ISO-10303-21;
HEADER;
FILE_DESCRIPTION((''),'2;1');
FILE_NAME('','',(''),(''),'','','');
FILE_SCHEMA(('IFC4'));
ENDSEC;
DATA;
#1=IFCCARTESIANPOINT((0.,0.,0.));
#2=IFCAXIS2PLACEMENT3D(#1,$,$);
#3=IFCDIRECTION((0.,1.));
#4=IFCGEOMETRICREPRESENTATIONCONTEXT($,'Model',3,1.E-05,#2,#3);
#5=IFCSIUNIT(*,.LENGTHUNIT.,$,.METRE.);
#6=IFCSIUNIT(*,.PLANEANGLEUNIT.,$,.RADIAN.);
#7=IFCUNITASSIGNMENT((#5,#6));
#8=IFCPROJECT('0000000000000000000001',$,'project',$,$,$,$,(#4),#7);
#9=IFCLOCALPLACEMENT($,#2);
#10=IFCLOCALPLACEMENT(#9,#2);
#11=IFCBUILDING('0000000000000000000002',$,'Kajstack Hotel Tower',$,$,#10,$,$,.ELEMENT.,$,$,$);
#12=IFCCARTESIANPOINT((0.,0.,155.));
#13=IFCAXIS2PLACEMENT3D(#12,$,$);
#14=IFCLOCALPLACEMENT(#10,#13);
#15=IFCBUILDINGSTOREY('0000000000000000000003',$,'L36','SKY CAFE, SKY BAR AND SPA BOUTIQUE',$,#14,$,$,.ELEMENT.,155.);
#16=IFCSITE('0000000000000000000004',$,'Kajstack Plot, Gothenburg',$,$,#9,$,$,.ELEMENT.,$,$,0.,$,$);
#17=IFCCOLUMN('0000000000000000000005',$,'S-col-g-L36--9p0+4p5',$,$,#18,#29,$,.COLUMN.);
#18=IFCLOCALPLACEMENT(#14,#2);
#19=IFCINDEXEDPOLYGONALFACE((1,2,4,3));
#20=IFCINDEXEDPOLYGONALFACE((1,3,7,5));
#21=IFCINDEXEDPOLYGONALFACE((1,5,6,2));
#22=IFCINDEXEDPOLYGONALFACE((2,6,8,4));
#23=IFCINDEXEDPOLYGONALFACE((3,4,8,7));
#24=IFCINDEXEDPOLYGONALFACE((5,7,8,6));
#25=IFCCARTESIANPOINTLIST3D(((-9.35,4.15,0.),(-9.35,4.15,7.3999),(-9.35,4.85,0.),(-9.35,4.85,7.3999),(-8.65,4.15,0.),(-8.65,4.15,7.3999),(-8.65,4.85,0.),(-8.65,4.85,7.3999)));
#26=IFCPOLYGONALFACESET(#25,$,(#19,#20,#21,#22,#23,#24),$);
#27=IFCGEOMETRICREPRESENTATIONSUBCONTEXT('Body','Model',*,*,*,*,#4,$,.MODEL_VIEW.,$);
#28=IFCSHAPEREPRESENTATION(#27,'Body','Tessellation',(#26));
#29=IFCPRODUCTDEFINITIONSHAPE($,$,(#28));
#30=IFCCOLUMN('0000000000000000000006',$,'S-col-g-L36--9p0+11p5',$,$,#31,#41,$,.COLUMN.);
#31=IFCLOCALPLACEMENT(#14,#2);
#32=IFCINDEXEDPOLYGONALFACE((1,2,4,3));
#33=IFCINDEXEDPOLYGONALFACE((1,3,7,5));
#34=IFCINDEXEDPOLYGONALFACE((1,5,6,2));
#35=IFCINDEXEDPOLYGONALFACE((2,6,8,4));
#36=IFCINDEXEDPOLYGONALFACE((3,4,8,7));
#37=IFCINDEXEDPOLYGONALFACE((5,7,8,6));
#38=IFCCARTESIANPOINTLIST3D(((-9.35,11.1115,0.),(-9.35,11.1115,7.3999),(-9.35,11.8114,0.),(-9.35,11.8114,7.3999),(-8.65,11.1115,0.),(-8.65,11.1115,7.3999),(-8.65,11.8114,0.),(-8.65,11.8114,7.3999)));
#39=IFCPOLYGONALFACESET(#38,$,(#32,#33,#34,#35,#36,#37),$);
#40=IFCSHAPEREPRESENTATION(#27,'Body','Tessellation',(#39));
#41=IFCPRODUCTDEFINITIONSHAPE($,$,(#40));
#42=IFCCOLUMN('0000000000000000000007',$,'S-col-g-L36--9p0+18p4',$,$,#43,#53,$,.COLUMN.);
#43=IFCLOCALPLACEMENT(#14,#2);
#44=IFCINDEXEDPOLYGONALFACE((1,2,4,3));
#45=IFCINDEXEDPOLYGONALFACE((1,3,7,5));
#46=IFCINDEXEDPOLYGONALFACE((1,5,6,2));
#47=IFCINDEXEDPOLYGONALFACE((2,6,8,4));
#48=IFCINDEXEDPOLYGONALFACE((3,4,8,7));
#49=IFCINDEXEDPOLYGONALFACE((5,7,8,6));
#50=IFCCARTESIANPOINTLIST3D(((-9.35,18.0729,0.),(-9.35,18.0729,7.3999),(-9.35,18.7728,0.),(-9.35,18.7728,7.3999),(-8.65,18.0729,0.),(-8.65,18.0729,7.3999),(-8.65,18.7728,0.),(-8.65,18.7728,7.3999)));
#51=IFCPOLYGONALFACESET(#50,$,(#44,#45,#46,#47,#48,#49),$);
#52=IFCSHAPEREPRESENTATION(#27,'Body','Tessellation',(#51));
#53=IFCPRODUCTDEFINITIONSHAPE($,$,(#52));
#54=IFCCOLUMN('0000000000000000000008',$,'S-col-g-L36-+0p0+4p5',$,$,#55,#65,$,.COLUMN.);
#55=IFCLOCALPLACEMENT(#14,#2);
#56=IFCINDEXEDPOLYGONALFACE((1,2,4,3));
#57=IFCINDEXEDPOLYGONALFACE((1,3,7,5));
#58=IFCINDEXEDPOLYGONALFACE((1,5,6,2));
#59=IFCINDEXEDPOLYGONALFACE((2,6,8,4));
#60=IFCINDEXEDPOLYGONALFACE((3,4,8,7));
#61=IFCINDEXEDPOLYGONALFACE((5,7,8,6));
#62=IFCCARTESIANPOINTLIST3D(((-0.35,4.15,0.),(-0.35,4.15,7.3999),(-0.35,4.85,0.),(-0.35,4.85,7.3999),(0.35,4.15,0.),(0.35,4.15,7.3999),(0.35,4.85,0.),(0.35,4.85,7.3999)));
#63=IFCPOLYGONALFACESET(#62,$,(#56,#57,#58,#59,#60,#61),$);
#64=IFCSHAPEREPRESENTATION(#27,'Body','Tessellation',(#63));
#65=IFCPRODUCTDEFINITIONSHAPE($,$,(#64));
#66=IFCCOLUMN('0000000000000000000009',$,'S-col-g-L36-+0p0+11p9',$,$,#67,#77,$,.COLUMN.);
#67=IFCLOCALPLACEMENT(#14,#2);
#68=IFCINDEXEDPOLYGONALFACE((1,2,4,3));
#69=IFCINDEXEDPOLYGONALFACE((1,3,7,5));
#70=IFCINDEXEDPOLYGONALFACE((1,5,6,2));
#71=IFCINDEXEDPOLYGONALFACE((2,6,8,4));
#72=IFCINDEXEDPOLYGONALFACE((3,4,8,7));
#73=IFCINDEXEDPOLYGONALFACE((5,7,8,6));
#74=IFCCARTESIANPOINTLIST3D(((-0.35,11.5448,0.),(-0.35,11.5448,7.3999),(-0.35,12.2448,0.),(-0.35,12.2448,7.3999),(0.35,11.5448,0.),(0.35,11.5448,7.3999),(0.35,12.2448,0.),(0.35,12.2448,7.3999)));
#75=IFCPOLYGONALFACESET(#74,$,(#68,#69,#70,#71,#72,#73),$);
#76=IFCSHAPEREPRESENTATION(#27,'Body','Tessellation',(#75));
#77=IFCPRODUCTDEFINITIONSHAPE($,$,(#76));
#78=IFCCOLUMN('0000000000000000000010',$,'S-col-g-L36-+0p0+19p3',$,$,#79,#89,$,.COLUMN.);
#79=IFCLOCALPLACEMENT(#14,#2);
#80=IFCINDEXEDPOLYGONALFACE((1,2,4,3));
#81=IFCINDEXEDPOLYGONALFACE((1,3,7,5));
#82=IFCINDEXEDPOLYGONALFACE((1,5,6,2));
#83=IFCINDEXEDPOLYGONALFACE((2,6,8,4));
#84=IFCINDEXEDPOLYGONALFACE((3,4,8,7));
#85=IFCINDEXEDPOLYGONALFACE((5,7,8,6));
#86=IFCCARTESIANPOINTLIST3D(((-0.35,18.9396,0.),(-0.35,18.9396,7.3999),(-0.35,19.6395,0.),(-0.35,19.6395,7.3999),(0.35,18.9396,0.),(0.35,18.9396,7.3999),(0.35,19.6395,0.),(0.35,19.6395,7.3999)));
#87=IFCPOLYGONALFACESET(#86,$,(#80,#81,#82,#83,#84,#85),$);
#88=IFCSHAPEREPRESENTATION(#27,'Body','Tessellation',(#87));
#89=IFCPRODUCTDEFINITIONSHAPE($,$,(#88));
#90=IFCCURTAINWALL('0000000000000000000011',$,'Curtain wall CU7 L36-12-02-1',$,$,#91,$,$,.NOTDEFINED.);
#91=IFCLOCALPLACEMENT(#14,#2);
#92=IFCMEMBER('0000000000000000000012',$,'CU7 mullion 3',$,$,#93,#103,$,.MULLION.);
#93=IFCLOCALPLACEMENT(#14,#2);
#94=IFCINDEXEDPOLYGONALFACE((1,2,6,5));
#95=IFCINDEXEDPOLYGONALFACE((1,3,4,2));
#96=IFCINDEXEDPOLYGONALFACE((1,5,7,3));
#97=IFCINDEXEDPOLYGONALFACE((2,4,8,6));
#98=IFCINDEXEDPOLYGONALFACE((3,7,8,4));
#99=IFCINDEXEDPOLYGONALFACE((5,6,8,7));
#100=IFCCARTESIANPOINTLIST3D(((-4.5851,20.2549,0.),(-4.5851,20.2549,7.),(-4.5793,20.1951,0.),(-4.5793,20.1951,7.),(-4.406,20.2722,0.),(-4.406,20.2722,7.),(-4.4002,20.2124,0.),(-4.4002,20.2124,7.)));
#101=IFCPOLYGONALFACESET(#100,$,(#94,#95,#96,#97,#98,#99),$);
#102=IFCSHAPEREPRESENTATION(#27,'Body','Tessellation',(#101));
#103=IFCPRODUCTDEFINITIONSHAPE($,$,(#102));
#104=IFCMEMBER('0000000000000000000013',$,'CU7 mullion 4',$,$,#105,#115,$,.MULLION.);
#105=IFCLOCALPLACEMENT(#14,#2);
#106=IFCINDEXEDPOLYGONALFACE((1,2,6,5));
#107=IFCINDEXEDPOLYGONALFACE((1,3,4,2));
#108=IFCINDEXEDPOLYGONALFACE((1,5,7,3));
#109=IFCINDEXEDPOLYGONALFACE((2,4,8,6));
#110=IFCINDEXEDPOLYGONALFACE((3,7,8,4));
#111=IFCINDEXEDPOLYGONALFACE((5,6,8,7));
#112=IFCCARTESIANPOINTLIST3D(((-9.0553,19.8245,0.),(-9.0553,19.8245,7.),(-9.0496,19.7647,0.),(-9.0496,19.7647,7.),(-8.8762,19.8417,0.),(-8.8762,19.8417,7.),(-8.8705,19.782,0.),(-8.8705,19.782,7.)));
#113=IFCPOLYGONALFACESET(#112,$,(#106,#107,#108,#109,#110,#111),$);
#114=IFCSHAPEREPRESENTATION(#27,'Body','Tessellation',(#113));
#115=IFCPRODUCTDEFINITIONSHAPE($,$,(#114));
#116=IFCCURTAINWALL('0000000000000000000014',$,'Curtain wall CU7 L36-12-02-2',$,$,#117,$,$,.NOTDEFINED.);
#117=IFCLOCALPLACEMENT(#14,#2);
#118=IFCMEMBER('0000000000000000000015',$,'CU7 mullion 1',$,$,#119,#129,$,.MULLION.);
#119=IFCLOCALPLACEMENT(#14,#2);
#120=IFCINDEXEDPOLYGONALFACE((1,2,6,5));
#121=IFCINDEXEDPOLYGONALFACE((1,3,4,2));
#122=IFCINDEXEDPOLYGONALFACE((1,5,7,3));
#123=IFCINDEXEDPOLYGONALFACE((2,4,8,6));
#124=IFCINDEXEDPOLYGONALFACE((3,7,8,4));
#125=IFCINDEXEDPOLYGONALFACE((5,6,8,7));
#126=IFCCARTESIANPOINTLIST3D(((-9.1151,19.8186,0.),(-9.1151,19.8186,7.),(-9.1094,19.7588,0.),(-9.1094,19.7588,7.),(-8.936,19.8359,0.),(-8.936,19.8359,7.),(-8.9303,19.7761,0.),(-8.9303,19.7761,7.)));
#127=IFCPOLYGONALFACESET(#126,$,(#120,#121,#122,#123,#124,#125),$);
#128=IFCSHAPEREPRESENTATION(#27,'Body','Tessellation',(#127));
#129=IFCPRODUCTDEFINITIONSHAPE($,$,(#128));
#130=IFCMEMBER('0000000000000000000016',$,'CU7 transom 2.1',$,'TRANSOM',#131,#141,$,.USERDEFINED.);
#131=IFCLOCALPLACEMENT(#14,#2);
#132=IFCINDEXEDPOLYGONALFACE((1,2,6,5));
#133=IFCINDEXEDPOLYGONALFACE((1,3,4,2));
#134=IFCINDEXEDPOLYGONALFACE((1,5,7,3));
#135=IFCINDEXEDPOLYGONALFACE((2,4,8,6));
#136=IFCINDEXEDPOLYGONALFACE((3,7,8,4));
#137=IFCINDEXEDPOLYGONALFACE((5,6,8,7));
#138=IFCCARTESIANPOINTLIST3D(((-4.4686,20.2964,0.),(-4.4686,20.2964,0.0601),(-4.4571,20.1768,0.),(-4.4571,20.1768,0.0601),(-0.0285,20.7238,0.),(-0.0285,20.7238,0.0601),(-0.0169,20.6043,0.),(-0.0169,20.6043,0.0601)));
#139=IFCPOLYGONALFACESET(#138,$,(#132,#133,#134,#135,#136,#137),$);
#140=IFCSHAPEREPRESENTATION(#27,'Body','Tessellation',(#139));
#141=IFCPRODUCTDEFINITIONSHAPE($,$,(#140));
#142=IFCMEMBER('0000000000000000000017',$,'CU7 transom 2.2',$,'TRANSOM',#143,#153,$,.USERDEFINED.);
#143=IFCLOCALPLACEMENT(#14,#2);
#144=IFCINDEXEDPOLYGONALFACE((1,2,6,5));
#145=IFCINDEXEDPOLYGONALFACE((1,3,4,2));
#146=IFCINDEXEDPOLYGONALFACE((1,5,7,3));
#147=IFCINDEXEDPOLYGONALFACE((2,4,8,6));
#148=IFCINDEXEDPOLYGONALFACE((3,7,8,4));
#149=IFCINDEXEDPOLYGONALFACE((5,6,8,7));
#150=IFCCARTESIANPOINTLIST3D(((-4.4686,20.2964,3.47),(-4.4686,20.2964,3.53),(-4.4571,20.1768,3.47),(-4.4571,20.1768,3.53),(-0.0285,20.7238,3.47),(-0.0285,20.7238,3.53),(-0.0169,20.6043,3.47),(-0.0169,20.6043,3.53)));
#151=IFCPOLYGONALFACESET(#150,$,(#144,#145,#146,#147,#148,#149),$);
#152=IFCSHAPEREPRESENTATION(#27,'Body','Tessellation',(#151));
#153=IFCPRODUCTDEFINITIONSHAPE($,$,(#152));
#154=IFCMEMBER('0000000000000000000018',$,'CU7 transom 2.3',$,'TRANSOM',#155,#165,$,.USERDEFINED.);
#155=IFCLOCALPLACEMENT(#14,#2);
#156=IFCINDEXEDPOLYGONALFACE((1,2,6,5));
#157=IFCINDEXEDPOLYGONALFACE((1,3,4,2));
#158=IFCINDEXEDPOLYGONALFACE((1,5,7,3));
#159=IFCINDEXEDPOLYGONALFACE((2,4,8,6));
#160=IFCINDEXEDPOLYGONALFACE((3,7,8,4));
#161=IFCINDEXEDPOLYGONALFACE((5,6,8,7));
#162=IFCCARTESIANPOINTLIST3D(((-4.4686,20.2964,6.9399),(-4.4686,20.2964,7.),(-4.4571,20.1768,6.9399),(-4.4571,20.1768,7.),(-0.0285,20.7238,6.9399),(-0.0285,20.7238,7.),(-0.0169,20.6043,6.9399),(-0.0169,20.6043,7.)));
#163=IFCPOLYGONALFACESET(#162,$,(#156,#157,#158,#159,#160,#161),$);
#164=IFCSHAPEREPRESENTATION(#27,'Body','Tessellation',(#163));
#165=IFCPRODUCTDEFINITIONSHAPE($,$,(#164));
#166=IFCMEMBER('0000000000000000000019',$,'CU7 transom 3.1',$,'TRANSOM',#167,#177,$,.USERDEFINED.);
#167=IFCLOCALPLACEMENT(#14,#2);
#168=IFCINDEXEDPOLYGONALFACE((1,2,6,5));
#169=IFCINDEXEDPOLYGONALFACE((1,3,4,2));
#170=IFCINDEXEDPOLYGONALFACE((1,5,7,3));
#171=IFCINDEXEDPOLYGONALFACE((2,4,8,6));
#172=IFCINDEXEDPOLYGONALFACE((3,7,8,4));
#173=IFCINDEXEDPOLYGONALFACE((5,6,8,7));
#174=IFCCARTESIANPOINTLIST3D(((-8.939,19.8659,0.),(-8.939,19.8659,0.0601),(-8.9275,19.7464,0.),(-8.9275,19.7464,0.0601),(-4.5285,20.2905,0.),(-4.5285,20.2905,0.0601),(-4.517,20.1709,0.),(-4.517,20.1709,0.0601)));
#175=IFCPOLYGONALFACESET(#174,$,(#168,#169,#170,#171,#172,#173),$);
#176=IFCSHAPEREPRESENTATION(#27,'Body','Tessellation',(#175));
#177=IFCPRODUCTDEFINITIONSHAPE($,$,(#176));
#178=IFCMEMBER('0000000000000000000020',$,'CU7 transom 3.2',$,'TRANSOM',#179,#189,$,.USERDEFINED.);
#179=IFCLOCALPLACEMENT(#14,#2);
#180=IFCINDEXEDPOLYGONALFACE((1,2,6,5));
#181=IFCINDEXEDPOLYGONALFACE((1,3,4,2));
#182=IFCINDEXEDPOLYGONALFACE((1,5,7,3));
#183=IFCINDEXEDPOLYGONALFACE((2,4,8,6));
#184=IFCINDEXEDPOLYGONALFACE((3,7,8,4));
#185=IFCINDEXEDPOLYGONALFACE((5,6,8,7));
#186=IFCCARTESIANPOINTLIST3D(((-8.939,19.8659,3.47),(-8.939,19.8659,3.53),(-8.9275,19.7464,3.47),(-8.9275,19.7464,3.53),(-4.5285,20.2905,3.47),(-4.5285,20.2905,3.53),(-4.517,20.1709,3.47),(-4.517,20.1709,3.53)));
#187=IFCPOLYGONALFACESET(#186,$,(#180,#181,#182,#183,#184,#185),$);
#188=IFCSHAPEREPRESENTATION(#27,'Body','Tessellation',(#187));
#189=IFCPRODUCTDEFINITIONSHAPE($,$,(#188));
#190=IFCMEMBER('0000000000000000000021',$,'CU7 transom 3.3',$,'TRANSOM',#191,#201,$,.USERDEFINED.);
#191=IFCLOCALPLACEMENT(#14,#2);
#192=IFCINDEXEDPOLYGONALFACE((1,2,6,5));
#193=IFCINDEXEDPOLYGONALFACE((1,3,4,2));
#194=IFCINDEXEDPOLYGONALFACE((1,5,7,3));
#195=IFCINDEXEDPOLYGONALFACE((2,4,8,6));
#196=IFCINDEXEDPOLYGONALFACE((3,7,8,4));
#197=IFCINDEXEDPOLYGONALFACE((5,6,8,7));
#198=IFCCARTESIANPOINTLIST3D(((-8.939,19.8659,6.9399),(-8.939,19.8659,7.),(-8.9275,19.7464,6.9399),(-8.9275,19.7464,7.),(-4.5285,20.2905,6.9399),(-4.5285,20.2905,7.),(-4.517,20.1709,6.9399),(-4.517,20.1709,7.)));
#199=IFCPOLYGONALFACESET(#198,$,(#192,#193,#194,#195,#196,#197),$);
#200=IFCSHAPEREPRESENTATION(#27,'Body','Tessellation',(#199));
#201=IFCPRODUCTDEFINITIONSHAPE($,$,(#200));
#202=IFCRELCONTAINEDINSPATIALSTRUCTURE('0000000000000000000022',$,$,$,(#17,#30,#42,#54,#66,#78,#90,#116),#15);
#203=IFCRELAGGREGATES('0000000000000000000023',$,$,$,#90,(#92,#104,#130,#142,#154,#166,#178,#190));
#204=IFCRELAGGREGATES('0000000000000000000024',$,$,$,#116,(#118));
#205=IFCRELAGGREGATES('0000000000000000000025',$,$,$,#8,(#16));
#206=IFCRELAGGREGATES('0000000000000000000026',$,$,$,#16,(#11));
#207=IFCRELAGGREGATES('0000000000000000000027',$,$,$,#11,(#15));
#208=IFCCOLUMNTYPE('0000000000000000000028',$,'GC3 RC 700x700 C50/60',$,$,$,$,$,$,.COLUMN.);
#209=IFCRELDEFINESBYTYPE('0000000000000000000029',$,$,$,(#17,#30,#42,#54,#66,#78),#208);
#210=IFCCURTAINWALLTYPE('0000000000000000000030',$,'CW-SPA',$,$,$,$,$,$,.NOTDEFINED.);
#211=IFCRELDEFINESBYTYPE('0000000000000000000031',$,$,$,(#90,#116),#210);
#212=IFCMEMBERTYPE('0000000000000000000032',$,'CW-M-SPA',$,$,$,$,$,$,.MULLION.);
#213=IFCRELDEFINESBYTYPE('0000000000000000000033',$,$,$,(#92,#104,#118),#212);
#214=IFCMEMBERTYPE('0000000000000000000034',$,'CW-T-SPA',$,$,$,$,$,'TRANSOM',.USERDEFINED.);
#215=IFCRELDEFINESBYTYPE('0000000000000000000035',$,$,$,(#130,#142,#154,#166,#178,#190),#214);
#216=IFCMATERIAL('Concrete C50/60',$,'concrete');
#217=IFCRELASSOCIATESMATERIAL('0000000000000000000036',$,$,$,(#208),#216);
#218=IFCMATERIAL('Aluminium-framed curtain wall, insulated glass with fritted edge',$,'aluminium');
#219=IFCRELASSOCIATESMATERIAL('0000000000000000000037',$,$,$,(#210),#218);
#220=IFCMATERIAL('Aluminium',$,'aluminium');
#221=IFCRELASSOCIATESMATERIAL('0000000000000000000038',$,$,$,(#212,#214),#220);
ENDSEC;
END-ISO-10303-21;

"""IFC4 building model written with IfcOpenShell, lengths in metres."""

from ifc_helpers import new_model, si_unit, direction, frame, origin, origin_2d, place, context, subcontext, project, spatial, rectangle, extrude, material, material_profile, profile_set, type_object, element, aggregate, save


model = new_model("IFC4")

# Units and contexts
model_context = context("Model", 3, precision=1e-05, world=origin(), true_north=direction((0.0, 1.0)))
body_context = subcontext(model_context, "Body", "Model", "MODEL_VIEW")
ifc_project = project(units=[si_unit("LENGTHUNIT", "METRE"), si_unit("PLANEANGLEUNIT", "RADIAN")], contexts=[model_context])

# Site, building, storey
site_placement = place(None, origin())
site = spatial("IfcSite", under=ifc_project, at=site_placement, Name="Kajstack Plot, Gothenburg", CompositionType="ELEMENT", RefElevation=0.0)
building_placement = place(site_placement, origin())
building = spatial("IfcBuilding", under=site, at=building_placement, Name="Kajstack Hotel Tower", CompositionType="ELEMENT")
storey_placement = place(building_placement, frame((0.0, 0.0, 155.0)))
storey = spatial("IfcBuildingStorey", under=building, at=storey_placement, Name="L36", Description="SKY CAFE, SKY BAR AND SPA BOUTIQUE", CompositionType="ELEMENT", Elevation=155.0)

# Columns
ifc_material_1 = material(Name="Concrete C50/60", Category="concrete")
ifc_material_profile_1 = material_profile(ifc_material_1, rectangle(XDim=0.7, YDim=0.7, at=origin_2d()), Name="RC 700x700")
ifc_profile_set_1 = profile_set([ifc_material_profile_1], Name="Concrete C50/60")
column_type = type_object("IfcColumnType", Name="GC3 RC 700x700 C50/60", PredefinedType="COLUMN", material=ifc_profile_set_1)
for number, where, z_axis, x_axis, name in (
    (1, (-9.0, 4.5, 0.0), (0.0, 0.0, 1.0), (1.0, 0.0, 0.0), "S-col-g-L36--9p0+4p5"),
    (2, (-9.0, 11.4614, 0.0), (0.0, 0.0, 1.0), (1.0, 0.0, 0.0), "S-col-g-L36--9p0+11p5"),
    (3, (-9.0, 18.4229, 0.0), (0.0, 0.0, 1.0), (1.0, 0.0, 0.0), "S-col-g-L36--9p0+18p4"),
    (4, (0.0, 4.5, 0.0), (0.0, 0.0, 1.0), (1.0, 0.0, 0.0), "S-col-g-L36-+0p0+4p5"),
    (5, (0.0, 11.8948, 0.0), (0.0, 0.0, 1.0), (1.0, 0.0, 0.0), "S-col-g-L36-+0p0+11p9"),
    (6, (0.0, 19.2896, 0.0), (0.0, 0.0, 1.0), (1.0, 0.0, 0.0), "S-col-g-L36-+0p0+19p3"),
):
    element("IfcColumn", number, at=place(storey_placement, frame(where, z_axis=z_axis, x_axis=x_axis)), inside=storey, type_object=column_type, Name=name, PredefinedType="COLUMN", context=body_context, shape_type="SweptSolid", body=[
        extrude(rectangle(XDim=0.7, YDim=0.7, at=origin_2d()), origin(), (0.0, 0.0, 1.0), 7.3999),
    ])

# Curtain wall, members
ifc_material_2 = material(Name="Aluminium-framed curtain wall, insulated glass with fritted edge", Category="aluminium")
curtain_wall_type = type_object("IfcCurtainWallType", Name="CW-SPA", PredefinedType="NOTDEFINED", material=ifc_material_2)
curtain_wall_1_placement = place(storey_placement, origin())
curtain_wall_1 = element("IfcCurtainWall", 7, at=curtain_wall_1_placement, inside=storey, type_object=curtain_wall_type, Name="Curtain wall CU7 L36-12-02-1", PredefinedType="NOTDEFINED")
ifc_material_3 = material(Name="Aluminium", Category="aluminium")
ifc_material_profile_2 = material_profile(ifc_material_3, rectangle(XDim=0.0601, YDim=0.1799, at=origin_2d()), Name="Aluminium mullion 60 x 180")
ifc_profile_set_2 = profile_set([ifc_material_profile_2], Name="Aluminium")
member_type_1 = type_object("IfcMemberType", Name="CW-M-SPA", PredefinedType="MULLION", material=ifc_profile_set_2)
member_1_placement = place(storey_placement, frame((-4.4927, 20.2336, 0.0), z_axis=(0.0, 0.0, 1.0), x_axis=(0.095845, -0.995396, 0.0)))
member_1 = element("IfcMember", 8, at=member_1_placement, type_object=member_type_1, Name="CU7 mullion 3", PredefinedType="MULLION", context=body_context, shape_type="SweptSolid", body=[
    extrude(rectangle(XDim=0.0601, YDim=0.1799, at=origin_2d()), origin(), (0.0, 0.0, 1.0), 7.0),
])
member_2_placement = place(storey_placement, frame((-8.9629, 19.8032, 0.0), z_axis=(0.0, 0.0, 1.0), x_axis=(0.095845, -0.995396, 0.0)))
member_2 = element("IfcMember", 9, at=member_2_placement, type_object=member_type_1, Name="CU7 mullion 4", PredefinedType="MULLION", context=body_context, shape_type="SweptSolid", body=[
    extrude(rectangle(XDim=0.0601, YDim=0.1799, at=origin_2d()), origin(), (0.0, 0.0, 1.0), 7.0),
])

# Curtain wall, member
curtain_wall_2_placement = place(storey_placement, origin())
curtain_wall_2 = element("IfcCurtainWall", 10, at=curtain_wall_2_placement, inside=storey, type_object=curtain_wall_type, Name="Curtain wall CU7 L36-12-02-2", PredefinedType="NOTDEFINED")
member_3_placement = place(storey_placement, frame((-9.0227, 19.7974, 0.0), z_axis=(0.0, 0.0, 1.0), x_axis=(0.095845, -0.995396, 0.0)))
member_3 = element("IfcMember", 11, at=member_3_placement, type_object=member_type_1, Name="CU7 mullion 1", PredefinedType="MULLION", context=body_context, shape_type="SweptSolid", body=[
    extrude(rectangle(XDim=0.0601, YDim=0.1799, at=origin_2d()), origin(), (0.0, 0.0, 1.0), 7.0),
])

# Members
ifc_material_profile_3 = material_profile(ifc_material_3, rectangle(XDim=0.1201, YDim=0.0601, at=origin_2d()), Name="Aluminium transom 120 x 60")
ifc_profile_set_3 = profile_set([ifc_material_profile_3], Name="Aluminium")
member_type_2 = type_object("IfcMemberType", Name="CW-T-SPA", ElementType="TRANSOM", PredefinedType="USERDEFINED", material=ifc_profile_set_3)
member_4_placement = place(storey_placement, frame((-0.0227, 20.6641, 0.03), z_axis=(-0.995397, -0.095834, 0.0), x_axis=(0.095834, -0.995397, 0.0)))
member_4 = element("IfcMember", 12, at=member_4_placement, type_object=member_type_2, Name="CU7 transom 2.1", ObjectType="TRANSOM", PredefinedType="USERDEFINED", context=body_context, shape_type="SweptSolid", body=[
    extrude(rectangle(XDim=0.1201, YDim=0.0601, at=origin_2d()), origin(), (0.0, 0.0, 1.0), 4.4607),
])
member_5_placement = place(storey_placement, frame((-0.0227, 20.6641, 3.5), z_axis=(-0.995397, -0.095834, 0.0), x_axis=(0.095834, -0.995397, 0.0)))
member_5 = element("IfcMember", 13, at=member_5_placement, type_object=member_type_2, Name="CU7 transom 2.2", ObjectType="TRANSOM", PredefinedType="USERDEFINED", context=body_context, shape_type="SweptSolid", body=[
    extrude(rectangle(XDim=0.1201, YDim=0.0601, at=origin_2d()), origin(), (0.0, 0.0, 1.0), 4.4607),
])
member_6_placement = place(storey_placement, frame((-0.0227, 20.6641, 6.97), z_axis=(-0.995397, -0.095834, 0.0), x_axis=(0.095834, -0.995397, 0.0)))
member_6 = element("IfcMember", 14, at=member_6_placement, type_object=member_type_2, Name="CU7 transom 2.3", ObjectType="TRANSOM", PredefinedType="USERDEFINED", context=body_context, shape_type="SweptSolid", body=[
    extrude(rectangle(XDim=0.1201, YDim=0.0601, at=origin_2d()), origin(), (0.0, 0.0, 1.0), 4.4607),
])
member_7_placement = place(storey_placement, frame((-4.5227, 20.2307, 0.03), z_axis=(-0.995399, -0.095821, 0.0), x_axis=(0.095821, -0.995399, 0.0)))
member_7 = element("IfcMember", 15, at=member_7_placement, type_object=member_type_2, Name="CU7 transom 3.1", ObjectType="TRANSOM", PredefinedType="USERDEFINED", context=body_context, shape_type="SweptSolid", body=[
    extrude(rectangle(XDim=0.1201, YDim=0.0601, at=origin_2d()), origin(), (0.0, 0.0, 1.0), 4.4309),
])
member_8_placement = place(storey_placement, frame((-4.5227, 20.2307, 3.5), z_axis=(-0.995399, -0.095821, 0.0), x_axis=(0.095821, -0.995399, 0.0)))
member_8 = element("IfcMember", 16, at=member_8_placement, type_object=member_type_2, Name="CU7 transom 3.2", ObjectType="TRANSOM", PredefinedType="USERDEFINED", context=body_context, shape_type="SweptSolid", body=[
    extrude(rectangle(XDim=0.1201, YDim=0.0601, at=origin_2d()), origin(), (0.0, 0.0, 1.0), 4.4309),
])
member_9_placement = place(storey_placement, frame((-4.5227, 20.2307, 6.97), z_axis=(-0.995399, -0.095821, 0.0), x_axis=(0.095821, -0.995399, 0.0)))
member_9 = element("IfcMember", 17, at=member_9_placement, type_object=member_type_2, Name="CU7 transom 3.3", ObjectType="TRANSOM", PredefinedType="USERDEFINED", context=body_context, shape_type="SweptSolid", body=[
    extrude(rectangle(XDim=0.1201, YDim=0.0601, at=origin_2d()), origin(), (0.0, 0.0, 1.0), 4.4309),
])

aggregate(curtain_wall_1, [member_1, member_2, member_4, member_5, member_6, member_7, member_8, member_9])
aggregate(curtain_wall_2, [member_3])

save(model, "model.ifc")
